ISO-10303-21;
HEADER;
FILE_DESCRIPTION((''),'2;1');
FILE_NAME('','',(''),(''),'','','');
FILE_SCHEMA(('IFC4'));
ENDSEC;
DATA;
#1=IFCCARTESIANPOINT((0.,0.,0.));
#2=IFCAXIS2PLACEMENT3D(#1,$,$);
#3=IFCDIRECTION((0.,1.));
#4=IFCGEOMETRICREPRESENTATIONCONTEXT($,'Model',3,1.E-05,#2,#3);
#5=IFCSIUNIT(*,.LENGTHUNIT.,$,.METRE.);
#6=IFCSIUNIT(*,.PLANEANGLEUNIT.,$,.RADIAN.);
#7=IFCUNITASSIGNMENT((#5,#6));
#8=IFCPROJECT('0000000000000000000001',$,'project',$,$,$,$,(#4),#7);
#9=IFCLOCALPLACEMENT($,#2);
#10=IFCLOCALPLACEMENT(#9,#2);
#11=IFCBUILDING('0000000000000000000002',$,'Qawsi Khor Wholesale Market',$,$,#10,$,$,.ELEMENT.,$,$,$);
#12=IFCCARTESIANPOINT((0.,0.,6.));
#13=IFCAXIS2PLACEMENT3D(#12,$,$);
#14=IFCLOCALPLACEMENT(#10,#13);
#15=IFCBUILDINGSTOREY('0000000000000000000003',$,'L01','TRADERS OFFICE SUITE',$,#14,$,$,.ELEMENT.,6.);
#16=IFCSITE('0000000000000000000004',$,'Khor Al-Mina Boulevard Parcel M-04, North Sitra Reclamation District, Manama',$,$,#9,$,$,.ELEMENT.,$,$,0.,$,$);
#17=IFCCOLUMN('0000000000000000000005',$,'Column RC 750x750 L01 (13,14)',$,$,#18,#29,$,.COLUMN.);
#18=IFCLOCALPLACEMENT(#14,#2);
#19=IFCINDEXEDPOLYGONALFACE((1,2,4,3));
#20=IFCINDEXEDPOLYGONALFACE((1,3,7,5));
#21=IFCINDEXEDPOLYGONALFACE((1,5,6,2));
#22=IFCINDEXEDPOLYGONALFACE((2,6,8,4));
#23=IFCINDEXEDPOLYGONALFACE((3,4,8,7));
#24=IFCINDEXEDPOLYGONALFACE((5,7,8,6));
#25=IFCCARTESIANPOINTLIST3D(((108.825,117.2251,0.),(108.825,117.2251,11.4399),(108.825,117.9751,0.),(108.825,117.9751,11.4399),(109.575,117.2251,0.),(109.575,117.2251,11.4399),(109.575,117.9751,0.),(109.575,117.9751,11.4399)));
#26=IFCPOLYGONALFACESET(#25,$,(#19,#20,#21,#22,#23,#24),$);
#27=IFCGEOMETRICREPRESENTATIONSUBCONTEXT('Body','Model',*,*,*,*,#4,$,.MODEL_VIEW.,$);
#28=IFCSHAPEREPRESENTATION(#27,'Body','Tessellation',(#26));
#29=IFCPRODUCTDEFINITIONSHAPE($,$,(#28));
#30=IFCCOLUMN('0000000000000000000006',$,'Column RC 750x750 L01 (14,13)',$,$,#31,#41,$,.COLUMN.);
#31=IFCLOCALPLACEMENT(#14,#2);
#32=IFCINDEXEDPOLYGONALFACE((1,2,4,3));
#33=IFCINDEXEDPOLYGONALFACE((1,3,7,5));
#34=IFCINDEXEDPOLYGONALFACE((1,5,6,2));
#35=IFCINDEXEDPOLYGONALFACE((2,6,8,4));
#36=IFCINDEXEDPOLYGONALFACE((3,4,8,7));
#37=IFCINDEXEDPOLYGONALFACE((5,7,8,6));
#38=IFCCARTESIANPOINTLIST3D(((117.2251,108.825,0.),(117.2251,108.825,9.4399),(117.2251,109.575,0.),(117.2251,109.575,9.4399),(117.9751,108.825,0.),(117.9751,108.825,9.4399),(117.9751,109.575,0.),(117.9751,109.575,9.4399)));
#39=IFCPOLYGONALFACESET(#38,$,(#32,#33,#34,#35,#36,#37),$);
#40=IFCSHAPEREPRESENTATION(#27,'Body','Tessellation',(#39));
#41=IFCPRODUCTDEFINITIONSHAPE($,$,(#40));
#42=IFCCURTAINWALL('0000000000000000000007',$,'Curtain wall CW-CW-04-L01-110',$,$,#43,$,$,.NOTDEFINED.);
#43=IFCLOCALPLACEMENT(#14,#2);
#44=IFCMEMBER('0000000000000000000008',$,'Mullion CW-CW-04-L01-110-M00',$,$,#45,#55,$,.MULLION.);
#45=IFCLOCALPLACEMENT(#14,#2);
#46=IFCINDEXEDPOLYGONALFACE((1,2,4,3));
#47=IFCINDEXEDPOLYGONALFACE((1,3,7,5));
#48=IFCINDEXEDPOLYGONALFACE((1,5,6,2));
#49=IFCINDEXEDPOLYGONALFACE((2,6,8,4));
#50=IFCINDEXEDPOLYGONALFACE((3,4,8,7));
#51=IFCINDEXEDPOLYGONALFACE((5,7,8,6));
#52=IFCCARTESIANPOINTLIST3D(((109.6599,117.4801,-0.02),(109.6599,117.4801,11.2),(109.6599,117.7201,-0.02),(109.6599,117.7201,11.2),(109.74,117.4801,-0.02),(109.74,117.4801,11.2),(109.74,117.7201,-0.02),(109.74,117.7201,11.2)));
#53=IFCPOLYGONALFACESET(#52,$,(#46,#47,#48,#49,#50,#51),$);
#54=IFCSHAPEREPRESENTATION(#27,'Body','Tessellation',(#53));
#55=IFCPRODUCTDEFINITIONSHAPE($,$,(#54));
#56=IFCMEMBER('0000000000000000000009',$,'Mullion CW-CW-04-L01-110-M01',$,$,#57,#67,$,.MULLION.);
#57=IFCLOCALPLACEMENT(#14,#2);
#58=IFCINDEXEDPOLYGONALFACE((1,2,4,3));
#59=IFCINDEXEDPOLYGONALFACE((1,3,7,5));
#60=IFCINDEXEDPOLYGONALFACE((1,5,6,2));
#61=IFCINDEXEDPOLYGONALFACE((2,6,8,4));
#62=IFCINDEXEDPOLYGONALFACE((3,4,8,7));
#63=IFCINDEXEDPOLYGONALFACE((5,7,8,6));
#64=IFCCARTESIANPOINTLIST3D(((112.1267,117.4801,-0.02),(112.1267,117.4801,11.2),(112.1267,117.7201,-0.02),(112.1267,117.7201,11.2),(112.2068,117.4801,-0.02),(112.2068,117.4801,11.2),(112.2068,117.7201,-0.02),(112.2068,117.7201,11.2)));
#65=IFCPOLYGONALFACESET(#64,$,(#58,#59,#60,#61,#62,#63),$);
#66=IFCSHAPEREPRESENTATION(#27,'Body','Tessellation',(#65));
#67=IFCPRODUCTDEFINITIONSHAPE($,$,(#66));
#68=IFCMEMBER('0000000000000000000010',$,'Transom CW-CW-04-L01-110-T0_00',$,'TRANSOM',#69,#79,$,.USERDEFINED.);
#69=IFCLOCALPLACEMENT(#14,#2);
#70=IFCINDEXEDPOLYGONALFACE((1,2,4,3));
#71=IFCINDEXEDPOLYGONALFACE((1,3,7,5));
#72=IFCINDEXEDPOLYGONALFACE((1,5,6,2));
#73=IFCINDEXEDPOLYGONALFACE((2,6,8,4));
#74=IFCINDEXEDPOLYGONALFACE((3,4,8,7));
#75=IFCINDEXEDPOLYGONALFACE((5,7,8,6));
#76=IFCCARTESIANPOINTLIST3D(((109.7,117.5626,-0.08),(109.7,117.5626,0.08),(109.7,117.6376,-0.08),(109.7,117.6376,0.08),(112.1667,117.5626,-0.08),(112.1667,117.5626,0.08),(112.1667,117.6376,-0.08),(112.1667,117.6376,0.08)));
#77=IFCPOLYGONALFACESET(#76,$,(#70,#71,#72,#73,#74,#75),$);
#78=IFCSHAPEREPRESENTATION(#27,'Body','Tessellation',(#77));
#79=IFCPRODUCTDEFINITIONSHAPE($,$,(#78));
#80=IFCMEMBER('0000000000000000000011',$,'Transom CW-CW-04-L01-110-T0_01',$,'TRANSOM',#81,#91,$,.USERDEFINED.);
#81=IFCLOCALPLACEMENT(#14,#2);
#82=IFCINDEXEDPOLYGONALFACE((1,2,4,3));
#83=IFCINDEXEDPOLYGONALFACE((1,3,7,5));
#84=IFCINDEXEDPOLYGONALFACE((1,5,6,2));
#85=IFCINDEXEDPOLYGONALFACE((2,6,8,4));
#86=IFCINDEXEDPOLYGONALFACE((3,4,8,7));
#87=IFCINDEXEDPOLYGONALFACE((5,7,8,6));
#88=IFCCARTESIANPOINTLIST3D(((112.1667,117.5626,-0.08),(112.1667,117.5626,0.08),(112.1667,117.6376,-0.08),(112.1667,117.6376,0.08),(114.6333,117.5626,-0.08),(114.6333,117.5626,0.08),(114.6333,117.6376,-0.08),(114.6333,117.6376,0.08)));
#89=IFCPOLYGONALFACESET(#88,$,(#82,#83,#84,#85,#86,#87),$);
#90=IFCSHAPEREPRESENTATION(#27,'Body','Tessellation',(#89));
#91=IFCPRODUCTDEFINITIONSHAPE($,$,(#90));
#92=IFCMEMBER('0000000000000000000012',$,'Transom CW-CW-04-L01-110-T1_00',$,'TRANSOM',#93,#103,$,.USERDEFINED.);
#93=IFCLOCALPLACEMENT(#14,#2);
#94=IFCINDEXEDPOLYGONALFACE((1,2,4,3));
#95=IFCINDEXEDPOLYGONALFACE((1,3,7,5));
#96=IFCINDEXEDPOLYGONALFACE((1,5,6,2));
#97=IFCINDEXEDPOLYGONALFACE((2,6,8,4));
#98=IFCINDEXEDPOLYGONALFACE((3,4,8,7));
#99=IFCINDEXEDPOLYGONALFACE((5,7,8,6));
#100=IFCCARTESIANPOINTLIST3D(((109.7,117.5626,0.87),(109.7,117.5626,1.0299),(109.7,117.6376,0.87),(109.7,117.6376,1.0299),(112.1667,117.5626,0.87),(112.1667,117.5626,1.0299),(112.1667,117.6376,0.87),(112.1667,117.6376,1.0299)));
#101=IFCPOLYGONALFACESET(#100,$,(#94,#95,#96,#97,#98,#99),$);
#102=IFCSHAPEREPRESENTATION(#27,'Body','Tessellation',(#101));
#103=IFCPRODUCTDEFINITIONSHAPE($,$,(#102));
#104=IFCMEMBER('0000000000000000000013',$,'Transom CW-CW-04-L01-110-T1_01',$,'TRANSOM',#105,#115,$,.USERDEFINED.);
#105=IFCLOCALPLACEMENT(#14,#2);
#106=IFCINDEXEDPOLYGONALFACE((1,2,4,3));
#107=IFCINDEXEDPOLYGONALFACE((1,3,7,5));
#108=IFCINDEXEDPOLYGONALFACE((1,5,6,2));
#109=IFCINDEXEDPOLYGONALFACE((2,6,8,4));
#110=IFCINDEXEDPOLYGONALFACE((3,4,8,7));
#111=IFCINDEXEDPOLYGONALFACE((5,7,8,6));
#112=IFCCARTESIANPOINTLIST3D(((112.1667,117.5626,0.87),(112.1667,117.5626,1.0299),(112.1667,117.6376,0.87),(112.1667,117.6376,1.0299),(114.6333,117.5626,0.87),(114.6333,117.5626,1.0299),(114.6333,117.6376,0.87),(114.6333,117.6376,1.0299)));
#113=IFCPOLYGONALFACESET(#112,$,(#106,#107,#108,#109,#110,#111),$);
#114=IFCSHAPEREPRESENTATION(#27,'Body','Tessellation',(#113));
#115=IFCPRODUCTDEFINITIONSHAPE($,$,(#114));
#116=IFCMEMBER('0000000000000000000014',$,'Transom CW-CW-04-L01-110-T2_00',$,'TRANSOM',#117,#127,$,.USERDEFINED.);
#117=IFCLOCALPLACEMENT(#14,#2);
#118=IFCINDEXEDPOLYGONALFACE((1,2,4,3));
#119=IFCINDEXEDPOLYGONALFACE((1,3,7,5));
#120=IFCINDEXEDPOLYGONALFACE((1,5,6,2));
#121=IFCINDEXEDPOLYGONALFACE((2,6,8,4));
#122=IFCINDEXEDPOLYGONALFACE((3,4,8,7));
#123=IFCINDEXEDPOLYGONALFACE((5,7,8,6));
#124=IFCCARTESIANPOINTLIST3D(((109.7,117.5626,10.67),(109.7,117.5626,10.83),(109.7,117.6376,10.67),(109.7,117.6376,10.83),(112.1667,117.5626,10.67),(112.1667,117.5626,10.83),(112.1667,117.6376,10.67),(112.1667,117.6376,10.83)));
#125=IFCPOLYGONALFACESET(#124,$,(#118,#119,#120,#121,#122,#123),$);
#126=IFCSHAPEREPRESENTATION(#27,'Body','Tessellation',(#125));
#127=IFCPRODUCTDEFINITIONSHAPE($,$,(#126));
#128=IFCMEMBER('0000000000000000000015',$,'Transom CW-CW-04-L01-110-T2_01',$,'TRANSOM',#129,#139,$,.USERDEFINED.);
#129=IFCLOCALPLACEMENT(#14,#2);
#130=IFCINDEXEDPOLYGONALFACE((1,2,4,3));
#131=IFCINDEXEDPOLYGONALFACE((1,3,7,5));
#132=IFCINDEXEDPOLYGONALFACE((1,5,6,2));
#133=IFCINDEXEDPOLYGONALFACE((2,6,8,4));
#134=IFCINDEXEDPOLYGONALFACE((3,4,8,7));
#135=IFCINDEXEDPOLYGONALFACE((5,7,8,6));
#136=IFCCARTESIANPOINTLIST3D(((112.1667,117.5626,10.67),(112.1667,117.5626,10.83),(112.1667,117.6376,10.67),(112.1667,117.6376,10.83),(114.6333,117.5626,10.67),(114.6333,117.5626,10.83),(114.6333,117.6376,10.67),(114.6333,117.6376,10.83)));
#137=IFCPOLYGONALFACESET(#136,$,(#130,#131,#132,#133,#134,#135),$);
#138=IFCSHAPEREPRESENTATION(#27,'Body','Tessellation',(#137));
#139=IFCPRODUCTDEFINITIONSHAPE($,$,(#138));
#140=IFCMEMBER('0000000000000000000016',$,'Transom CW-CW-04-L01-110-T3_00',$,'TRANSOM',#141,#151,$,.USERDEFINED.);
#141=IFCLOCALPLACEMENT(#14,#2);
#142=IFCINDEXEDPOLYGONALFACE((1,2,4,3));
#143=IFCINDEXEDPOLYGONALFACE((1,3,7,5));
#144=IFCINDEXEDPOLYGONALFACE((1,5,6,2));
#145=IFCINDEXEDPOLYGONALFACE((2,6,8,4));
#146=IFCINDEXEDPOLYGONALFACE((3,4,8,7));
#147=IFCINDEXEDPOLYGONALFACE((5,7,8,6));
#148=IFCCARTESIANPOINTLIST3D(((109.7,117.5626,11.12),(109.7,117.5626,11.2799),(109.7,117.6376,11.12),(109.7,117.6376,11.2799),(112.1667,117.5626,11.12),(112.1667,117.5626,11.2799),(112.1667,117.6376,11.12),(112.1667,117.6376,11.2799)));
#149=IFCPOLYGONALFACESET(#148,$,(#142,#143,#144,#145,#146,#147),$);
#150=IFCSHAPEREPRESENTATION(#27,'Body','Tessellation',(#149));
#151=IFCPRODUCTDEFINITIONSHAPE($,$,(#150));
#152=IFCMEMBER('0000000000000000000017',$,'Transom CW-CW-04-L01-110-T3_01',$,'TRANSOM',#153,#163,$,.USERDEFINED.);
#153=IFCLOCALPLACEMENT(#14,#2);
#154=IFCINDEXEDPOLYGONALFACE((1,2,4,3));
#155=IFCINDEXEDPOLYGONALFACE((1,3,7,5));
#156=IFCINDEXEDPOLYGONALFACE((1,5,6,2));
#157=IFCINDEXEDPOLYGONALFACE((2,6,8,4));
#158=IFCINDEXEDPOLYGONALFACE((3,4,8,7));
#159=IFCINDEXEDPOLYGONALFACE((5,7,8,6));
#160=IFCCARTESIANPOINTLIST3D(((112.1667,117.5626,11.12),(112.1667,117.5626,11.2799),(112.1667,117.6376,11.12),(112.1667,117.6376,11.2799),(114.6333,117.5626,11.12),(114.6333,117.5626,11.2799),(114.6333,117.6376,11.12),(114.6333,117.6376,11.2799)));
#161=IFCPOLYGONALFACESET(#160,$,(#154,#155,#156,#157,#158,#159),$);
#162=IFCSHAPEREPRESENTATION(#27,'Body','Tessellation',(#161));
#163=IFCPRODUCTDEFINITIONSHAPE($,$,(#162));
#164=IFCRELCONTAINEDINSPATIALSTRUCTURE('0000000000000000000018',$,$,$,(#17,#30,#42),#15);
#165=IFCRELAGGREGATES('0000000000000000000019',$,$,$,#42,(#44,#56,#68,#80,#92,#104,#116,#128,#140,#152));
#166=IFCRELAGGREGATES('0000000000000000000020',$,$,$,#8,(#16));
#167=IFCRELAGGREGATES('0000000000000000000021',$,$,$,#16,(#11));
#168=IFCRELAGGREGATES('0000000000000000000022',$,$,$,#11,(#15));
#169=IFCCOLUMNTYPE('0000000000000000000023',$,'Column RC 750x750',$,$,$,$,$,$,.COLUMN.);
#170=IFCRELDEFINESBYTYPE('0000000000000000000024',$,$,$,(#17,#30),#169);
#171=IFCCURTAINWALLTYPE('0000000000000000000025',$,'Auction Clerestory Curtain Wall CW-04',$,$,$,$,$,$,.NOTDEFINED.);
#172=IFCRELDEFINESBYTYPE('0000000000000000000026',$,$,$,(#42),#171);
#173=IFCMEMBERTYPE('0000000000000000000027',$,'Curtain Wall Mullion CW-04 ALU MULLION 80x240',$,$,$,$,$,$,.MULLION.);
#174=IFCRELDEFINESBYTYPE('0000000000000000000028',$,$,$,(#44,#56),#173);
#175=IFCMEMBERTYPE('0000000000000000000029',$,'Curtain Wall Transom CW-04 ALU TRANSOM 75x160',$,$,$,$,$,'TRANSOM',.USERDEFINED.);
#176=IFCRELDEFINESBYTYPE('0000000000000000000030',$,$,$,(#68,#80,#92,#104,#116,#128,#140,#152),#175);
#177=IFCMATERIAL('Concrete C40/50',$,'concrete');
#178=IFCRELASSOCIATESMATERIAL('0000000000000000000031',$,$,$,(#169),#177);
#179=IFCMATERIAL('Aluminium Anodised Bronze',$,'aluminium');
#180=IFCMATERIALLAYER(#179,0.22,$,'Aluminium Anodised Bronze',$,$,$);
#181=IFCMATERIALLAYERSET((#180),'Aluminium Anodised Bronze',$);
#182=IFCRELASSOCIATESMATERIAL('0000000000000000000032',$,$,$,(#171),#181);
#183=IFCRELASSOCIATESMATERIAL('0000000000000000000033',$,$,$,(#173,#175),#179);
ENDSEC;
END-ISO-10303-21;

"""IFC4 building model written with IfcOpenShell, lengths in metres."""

from ifc_helpers import new_model, si_unit, direction, frame, origin, origin_2d, place, context, subcontext, project, spatial, rectangle, extrude, material, layer, layer_set, material_profile, profile_set, type_object, element, aggregate, save


model = new_model("IFC4")

# Units and contexts
model_context = context("Model", 3, precision=1e-05, world=origin(), true_north=direction((0.0, 1.0)))
body_context = subcontext(model_context, "Body", "Model", "MODEL_VIEW")
ifc_project = project(units=[si_unit("LENGTHUNIT", "METRE"), si_unit("PLANEANGLEUNIT", "RADIAN")], contexts=[model_context])

# Site, building, storey
site_placement = place(None, origin())
site = spatial("IfcSite", under=ifc_project, at=site_placement, Name="Khor Al-Mina Boulevard Parcel M-04, North Sitra Reclamation District, Manama", CompositionType="ELEMENT", RefElevation=0.0)
building_placement = place(site_placement, origin())
building = spatial("IfcBuilding", under=site, at=building_placement, Name="Qawsi Khor Wholesale Market", CompositionType="ELEMENT")
storey_placement = place(building_placement, frame((0.0, 0.0, 6.0)))
storey = spatial("IfcBuildingStorey", under=building, at=storey_placement, Name="L01", Description="TRADERS OFFICE SUITE", CompositionType="ELEMENT", Elevation=6.0)

# Columns
ifc_material_1 = material(Name="Concrete C40/50", Category="concrete")
ifc_material_profile_1 = material_profile(ifc_material_1, rectangle(XDim=0.75, YDim=0.75, at=origin_2d()), Name="RC 750x750")
ifc_profile_set_1 = profile_set([ifc_material_profile_1], Name="Concrete C40/50")
column_type = type_object("IfcColumnType", Name="Column RC 750x750", PredefinedType="COLUMN", material=ifc_profile_set_1)
column_1_placement = place(storey_placement, frame((109.2, 117.6001, 0.0), z_axis=(0.0, 0.0, 1.0), x_axis=(1.0, 0.0, 0.0)))
element("IfcColumn", 1, at=column_1_placement, inside=storey, type_object=column_type, Name="Column RC 750x750 L01 (13,14)", PredefinedType="COLUMN", context=body_context, shape_type="SweptSolid", body=[
    extrude(rectangle(XDim=0.75, YDim=0.75, at=origin_2d()), origin(), (0.0, 0.0, 1.0), 11.4399),
])
column_2_placement = place(storey_placement, frame((117.6001, 109.2, 0.0), z_axis=(0.0, 0.0, 1.0), x_axis=(1.0, 0.0, 0.0)))
element("IfcColumn", 2, at=column_2_placement, inside=storey, type_object=column_type, Name="Column RC 750x750 L01 (14,13)", PredefinedType="COLUMN", context=body_context, shape_type="SweptSolid", body=[
    extrude(rectangle(XDim=0.75, YDim=0.75, at=origin_2d()), origin(), (0.0, 0.0, 1.0), 9.4399),
])

# Curtain wall, members
ifc_material_2 = material(Name="Aluminium Anodised Bronze", Category="aluminium")
ifc_layer_1 = layer(ifc_material_2, 0.22, Name="Aluminium Anodised Bronze")
ifc_layer_set_1 = layer_set([ifc_layer_1], Name="Aluminium Anodised Bronze")
curtain_wall_type = type_object("IfcCurtainWallType", Name="Auction Clerestory Curtain Wall CW-04", PredefinedType="NOTDEFINED", material=ifc_layer_set_1)
curtain_wall_placement = place(storey_placement, origin())
curtain_wall = element("IfcCurtainWall", 3, at=curtain_wall_placement, inside=storey, type_object=curtain_wall_type, Name="Curtain wall CW-CW-04-L01-110", PredefinedType="NOTDEFINED")
ifc_material_profile_2 = material_profile(ifc_material_2, rectangle(XDim=0.0801, YDim=0.24, at=origin_2d()), Name="ALU MULLION 80x240")
ifc_profile_set_2 = profile_set([ifc_material_profile_2], Name="Aluminium Anodised Bronze")
member_type_1 = type_object("IfcMemberType", Name="Curtain Wall Mullion CW-04 ALU MULLION 80x240", PredefinedType="MULLION", material=ifc_profile_set_2)
member_1_placement = place(storey_placement, frame((109.7, 117.6001, -0.02), z_axis=(0.0, 0.0, 1.0), x_axis=(1.0, 0.0, 0.0)))
member_1 = element("IfcMember", 4, at=member_1_placement, type_object=member_type_1, Name="Mullion CW-CW-04-L01-110-M00", PredefinedType="MULLION", context=body_context, shape_type="SweptSolid", body=[
    extrude(rectangle(XDim=0.0801, YDim=0.24, at=origin_2d()), origin(), (0.0, 0.0, 1.0), 11.22),
])
member_2_placement = place(storey_placement, frame((112.1667, 117.6001, -0.02), z_axis=(0.0, 0.0, 1.0), x_axis=(1.0, 0.0, 0.0)))
member_2 = element("IfcMember", 5, at=member_2_placement, type_object=member_type_1, Name="Mullion CW-CW-04-L01-110-M01", PredefinedType="MULLION", context=body_context, shape_type="SweptSolid", body=[
    extrude(rectangle(XDim=0.0801, YDim=0.24, at=origin_2d()), origin(), (0.0, 0.0, 1.0), 11.22),
])
ifc_material_profile_3 = material_profile(ifc_material_2, rectangle(XDim=0.075, YDim=0.1599, at=origin_2d()), Name="ALU TRANSOM 75x160")
ifc_profile_set_3 = profile_set([ifc_material_profile_3], Name="Aluminium Anodised Bronze")
member_type_2 = type_object("IfcMemberType", Name="Curtain Wall Transom CW-04 ALU TRANSOM 75x160", ElementType="TRANSOM", PredefinedType="USERDEFINED", material=ifc_profile_set_3)
member_3_placement = place(storey_placement, frame((109.7, 117.6001, 0.0), z_axis=(1.0, 0.0, 0.0), x_axis=(0.0, 1.0, 0.0)))
member_3 = element("IfcMember", 6, at=member_3_placement, type_object=member_type_2, Name="Transom CW-CW-04-L01-110-T0_00", ObjectType="TRANSOM", PredefinedType="USERDEFINED", context=body_context, shape_type="SweptSolid", body=[
    extrude(rectangle(XDim=0.075, YDim=0.1599, at=origin_2d()), origin(), (0.0, 0.0, 1.0), 2.4668),
])
member_4_placement = place(storey_placement, frame((112.1667, 117.6001, 0.0), z_axis=(1.0, 0.0, 0.0), x_axis=(0.0, 1.0, 0.0)))
member_4 = element("IfcMember", 7, at=member_4_placement, type_object=member_type_2, Name="Transom CW-CW-04-L01-110-T0_01", ObjectType="TRANSOM", PredefinedType="USERDEFINED", context=body_context, shape_type="SweptSolid", body=[
    extrude(rectangle(XDim=0.075, YDim=0.1599, at=origin_2d()), origin(), (0.0, 0.0, 1.0), 2.4666),
])
member_5_placement = place(storey_placement, frame((109.7, 117.6001, 0.95), z_axis=(1.0, 0.0, 0.0), x_axis=(0.0, 1.0, 0.0)))
member_5 = element("IfcMember", 8, at=member_5_placement, type_object=member_type_2, Name="Transom CW-CW-04-L01-110-T1_00", ObjectType="TRANSOM", PredefinedType="USERDEFINED", context=body_context, shape_type="SweptSolid", body=[
    extrude(rectangle(XDim=0.075, YDim=0.1599, at=origin_2d()), origin(), (0.0, 0.0, 1.0), 2.4668),
])
member_6_placement = place(storey_placement, frame((112.1667, 117.6001, 0.95), z_axis=(1.0, 0.0, 0.0), x_axis=(0.0, 1.0, 0.0)))
member_6 = element("IfcMember", 9, at=member_6_placement, type_object=member_type_2, Name="Transom CW-CW-04-L01-110-T1_01", ObjectType="TRANSOM", PredefinedType="USERDEFINED", context=body_context, shape_type="SweptSolid", body=[
    extrude(rectangle(XDim=0.075, YDim=0.1599, at=origin_2d()), origin(), (0.0, 0.0, 1.0), 2.4666),
])
member_7_placement = place(storey_placement, frame((109.7, 117.6001, 10.75), z_axis=(1.0, 0.0, 0.0), x_axis=(0.0, 1.0, 0.0)))
member_7 = element("IfcMember", 10, at=member_7_placement, type_object=member_type_2, Name="Transom CW-CW-04-L01-110-T2_00", ObjectType="TRANSOM", PredefinedType="USERDEFINED", context=body_context, shape_type="SweptSolid", body=[
    extrude(rectangle(XDim=0.075, YDim=0.1599, at=origin_2d()), origin(), (0.0, 0.0, 1.0), 2.4668),
])
member_8_placement = place(storey_placement, frame((112.1667, 117.6001, 10.75), z_axis=(1.0, 0.0, 0.0), x_axis=(0.0, 1.0, 0.0)))
member_8 = element("IfcMember", 11, at=member_8_placement, type_object=member_type_2, Name="Transom CW-CW-04-L01-110-T2_01", ObjectType="TRANSOM", PredefinedType="USERDEFINED", context=body_context, shape_type="SweptSolid", body=[
    extrude(rectangle(XDim=0.075, YDim=0.1599, at=origin_2d()), origin(), (0.0, 0.0, 1.0), 2.4666),
])
member_9_placement = place(storey_placement, frame((109.7, 117.6001, 11.2), z_axis=(1.0, 0.0, 0.0), x_axis=(0.0, 1.0, 0.0)))
member_9 = element("IfcMember", 12, at=member_9_placement, type_object=member_type_2, Name="Transom CW-CW-04-L01-110-T3_00", ObjectType="TRANSOM", PredefinedType="USERDEFINED", context=body_context, shape_type="SweptSolid", body=[
    extrude(rectangle(XDim=0.075, YDim=0.1599, at=origin_2d()), origin(), (0.0, 0.0, 1.0), 2.4668),
])
member_10_placement = place(storey_placement, frame((112.1667, 117.6001, 11.2), z_axis=(1.0, 0.0, 0.0), x_axis=(0.0, 1.0, 0.0)))
member_10 = element("IfcMember", 13, at=member_10_placement, type_object=member_type_2, Name="Transom CW-CW-04-L01-110-T3_01", ObjectType="TRANSOM", PredefinedType="USERDEFINED", context=body_context, shape_type="SweptSolid", body=[
    extrude(rectangle(XDim=0.075, YDim=0.1599, at=origin_2d()), origin(), (0.0, 0.0, 1.0), 2.4666),
])

aggregate(curtain_wall, [member_1, member_2, member_3, member_4, member_5, member_6, member_7, member_8, member_9, member_10])

save(model, "model.ifc")
